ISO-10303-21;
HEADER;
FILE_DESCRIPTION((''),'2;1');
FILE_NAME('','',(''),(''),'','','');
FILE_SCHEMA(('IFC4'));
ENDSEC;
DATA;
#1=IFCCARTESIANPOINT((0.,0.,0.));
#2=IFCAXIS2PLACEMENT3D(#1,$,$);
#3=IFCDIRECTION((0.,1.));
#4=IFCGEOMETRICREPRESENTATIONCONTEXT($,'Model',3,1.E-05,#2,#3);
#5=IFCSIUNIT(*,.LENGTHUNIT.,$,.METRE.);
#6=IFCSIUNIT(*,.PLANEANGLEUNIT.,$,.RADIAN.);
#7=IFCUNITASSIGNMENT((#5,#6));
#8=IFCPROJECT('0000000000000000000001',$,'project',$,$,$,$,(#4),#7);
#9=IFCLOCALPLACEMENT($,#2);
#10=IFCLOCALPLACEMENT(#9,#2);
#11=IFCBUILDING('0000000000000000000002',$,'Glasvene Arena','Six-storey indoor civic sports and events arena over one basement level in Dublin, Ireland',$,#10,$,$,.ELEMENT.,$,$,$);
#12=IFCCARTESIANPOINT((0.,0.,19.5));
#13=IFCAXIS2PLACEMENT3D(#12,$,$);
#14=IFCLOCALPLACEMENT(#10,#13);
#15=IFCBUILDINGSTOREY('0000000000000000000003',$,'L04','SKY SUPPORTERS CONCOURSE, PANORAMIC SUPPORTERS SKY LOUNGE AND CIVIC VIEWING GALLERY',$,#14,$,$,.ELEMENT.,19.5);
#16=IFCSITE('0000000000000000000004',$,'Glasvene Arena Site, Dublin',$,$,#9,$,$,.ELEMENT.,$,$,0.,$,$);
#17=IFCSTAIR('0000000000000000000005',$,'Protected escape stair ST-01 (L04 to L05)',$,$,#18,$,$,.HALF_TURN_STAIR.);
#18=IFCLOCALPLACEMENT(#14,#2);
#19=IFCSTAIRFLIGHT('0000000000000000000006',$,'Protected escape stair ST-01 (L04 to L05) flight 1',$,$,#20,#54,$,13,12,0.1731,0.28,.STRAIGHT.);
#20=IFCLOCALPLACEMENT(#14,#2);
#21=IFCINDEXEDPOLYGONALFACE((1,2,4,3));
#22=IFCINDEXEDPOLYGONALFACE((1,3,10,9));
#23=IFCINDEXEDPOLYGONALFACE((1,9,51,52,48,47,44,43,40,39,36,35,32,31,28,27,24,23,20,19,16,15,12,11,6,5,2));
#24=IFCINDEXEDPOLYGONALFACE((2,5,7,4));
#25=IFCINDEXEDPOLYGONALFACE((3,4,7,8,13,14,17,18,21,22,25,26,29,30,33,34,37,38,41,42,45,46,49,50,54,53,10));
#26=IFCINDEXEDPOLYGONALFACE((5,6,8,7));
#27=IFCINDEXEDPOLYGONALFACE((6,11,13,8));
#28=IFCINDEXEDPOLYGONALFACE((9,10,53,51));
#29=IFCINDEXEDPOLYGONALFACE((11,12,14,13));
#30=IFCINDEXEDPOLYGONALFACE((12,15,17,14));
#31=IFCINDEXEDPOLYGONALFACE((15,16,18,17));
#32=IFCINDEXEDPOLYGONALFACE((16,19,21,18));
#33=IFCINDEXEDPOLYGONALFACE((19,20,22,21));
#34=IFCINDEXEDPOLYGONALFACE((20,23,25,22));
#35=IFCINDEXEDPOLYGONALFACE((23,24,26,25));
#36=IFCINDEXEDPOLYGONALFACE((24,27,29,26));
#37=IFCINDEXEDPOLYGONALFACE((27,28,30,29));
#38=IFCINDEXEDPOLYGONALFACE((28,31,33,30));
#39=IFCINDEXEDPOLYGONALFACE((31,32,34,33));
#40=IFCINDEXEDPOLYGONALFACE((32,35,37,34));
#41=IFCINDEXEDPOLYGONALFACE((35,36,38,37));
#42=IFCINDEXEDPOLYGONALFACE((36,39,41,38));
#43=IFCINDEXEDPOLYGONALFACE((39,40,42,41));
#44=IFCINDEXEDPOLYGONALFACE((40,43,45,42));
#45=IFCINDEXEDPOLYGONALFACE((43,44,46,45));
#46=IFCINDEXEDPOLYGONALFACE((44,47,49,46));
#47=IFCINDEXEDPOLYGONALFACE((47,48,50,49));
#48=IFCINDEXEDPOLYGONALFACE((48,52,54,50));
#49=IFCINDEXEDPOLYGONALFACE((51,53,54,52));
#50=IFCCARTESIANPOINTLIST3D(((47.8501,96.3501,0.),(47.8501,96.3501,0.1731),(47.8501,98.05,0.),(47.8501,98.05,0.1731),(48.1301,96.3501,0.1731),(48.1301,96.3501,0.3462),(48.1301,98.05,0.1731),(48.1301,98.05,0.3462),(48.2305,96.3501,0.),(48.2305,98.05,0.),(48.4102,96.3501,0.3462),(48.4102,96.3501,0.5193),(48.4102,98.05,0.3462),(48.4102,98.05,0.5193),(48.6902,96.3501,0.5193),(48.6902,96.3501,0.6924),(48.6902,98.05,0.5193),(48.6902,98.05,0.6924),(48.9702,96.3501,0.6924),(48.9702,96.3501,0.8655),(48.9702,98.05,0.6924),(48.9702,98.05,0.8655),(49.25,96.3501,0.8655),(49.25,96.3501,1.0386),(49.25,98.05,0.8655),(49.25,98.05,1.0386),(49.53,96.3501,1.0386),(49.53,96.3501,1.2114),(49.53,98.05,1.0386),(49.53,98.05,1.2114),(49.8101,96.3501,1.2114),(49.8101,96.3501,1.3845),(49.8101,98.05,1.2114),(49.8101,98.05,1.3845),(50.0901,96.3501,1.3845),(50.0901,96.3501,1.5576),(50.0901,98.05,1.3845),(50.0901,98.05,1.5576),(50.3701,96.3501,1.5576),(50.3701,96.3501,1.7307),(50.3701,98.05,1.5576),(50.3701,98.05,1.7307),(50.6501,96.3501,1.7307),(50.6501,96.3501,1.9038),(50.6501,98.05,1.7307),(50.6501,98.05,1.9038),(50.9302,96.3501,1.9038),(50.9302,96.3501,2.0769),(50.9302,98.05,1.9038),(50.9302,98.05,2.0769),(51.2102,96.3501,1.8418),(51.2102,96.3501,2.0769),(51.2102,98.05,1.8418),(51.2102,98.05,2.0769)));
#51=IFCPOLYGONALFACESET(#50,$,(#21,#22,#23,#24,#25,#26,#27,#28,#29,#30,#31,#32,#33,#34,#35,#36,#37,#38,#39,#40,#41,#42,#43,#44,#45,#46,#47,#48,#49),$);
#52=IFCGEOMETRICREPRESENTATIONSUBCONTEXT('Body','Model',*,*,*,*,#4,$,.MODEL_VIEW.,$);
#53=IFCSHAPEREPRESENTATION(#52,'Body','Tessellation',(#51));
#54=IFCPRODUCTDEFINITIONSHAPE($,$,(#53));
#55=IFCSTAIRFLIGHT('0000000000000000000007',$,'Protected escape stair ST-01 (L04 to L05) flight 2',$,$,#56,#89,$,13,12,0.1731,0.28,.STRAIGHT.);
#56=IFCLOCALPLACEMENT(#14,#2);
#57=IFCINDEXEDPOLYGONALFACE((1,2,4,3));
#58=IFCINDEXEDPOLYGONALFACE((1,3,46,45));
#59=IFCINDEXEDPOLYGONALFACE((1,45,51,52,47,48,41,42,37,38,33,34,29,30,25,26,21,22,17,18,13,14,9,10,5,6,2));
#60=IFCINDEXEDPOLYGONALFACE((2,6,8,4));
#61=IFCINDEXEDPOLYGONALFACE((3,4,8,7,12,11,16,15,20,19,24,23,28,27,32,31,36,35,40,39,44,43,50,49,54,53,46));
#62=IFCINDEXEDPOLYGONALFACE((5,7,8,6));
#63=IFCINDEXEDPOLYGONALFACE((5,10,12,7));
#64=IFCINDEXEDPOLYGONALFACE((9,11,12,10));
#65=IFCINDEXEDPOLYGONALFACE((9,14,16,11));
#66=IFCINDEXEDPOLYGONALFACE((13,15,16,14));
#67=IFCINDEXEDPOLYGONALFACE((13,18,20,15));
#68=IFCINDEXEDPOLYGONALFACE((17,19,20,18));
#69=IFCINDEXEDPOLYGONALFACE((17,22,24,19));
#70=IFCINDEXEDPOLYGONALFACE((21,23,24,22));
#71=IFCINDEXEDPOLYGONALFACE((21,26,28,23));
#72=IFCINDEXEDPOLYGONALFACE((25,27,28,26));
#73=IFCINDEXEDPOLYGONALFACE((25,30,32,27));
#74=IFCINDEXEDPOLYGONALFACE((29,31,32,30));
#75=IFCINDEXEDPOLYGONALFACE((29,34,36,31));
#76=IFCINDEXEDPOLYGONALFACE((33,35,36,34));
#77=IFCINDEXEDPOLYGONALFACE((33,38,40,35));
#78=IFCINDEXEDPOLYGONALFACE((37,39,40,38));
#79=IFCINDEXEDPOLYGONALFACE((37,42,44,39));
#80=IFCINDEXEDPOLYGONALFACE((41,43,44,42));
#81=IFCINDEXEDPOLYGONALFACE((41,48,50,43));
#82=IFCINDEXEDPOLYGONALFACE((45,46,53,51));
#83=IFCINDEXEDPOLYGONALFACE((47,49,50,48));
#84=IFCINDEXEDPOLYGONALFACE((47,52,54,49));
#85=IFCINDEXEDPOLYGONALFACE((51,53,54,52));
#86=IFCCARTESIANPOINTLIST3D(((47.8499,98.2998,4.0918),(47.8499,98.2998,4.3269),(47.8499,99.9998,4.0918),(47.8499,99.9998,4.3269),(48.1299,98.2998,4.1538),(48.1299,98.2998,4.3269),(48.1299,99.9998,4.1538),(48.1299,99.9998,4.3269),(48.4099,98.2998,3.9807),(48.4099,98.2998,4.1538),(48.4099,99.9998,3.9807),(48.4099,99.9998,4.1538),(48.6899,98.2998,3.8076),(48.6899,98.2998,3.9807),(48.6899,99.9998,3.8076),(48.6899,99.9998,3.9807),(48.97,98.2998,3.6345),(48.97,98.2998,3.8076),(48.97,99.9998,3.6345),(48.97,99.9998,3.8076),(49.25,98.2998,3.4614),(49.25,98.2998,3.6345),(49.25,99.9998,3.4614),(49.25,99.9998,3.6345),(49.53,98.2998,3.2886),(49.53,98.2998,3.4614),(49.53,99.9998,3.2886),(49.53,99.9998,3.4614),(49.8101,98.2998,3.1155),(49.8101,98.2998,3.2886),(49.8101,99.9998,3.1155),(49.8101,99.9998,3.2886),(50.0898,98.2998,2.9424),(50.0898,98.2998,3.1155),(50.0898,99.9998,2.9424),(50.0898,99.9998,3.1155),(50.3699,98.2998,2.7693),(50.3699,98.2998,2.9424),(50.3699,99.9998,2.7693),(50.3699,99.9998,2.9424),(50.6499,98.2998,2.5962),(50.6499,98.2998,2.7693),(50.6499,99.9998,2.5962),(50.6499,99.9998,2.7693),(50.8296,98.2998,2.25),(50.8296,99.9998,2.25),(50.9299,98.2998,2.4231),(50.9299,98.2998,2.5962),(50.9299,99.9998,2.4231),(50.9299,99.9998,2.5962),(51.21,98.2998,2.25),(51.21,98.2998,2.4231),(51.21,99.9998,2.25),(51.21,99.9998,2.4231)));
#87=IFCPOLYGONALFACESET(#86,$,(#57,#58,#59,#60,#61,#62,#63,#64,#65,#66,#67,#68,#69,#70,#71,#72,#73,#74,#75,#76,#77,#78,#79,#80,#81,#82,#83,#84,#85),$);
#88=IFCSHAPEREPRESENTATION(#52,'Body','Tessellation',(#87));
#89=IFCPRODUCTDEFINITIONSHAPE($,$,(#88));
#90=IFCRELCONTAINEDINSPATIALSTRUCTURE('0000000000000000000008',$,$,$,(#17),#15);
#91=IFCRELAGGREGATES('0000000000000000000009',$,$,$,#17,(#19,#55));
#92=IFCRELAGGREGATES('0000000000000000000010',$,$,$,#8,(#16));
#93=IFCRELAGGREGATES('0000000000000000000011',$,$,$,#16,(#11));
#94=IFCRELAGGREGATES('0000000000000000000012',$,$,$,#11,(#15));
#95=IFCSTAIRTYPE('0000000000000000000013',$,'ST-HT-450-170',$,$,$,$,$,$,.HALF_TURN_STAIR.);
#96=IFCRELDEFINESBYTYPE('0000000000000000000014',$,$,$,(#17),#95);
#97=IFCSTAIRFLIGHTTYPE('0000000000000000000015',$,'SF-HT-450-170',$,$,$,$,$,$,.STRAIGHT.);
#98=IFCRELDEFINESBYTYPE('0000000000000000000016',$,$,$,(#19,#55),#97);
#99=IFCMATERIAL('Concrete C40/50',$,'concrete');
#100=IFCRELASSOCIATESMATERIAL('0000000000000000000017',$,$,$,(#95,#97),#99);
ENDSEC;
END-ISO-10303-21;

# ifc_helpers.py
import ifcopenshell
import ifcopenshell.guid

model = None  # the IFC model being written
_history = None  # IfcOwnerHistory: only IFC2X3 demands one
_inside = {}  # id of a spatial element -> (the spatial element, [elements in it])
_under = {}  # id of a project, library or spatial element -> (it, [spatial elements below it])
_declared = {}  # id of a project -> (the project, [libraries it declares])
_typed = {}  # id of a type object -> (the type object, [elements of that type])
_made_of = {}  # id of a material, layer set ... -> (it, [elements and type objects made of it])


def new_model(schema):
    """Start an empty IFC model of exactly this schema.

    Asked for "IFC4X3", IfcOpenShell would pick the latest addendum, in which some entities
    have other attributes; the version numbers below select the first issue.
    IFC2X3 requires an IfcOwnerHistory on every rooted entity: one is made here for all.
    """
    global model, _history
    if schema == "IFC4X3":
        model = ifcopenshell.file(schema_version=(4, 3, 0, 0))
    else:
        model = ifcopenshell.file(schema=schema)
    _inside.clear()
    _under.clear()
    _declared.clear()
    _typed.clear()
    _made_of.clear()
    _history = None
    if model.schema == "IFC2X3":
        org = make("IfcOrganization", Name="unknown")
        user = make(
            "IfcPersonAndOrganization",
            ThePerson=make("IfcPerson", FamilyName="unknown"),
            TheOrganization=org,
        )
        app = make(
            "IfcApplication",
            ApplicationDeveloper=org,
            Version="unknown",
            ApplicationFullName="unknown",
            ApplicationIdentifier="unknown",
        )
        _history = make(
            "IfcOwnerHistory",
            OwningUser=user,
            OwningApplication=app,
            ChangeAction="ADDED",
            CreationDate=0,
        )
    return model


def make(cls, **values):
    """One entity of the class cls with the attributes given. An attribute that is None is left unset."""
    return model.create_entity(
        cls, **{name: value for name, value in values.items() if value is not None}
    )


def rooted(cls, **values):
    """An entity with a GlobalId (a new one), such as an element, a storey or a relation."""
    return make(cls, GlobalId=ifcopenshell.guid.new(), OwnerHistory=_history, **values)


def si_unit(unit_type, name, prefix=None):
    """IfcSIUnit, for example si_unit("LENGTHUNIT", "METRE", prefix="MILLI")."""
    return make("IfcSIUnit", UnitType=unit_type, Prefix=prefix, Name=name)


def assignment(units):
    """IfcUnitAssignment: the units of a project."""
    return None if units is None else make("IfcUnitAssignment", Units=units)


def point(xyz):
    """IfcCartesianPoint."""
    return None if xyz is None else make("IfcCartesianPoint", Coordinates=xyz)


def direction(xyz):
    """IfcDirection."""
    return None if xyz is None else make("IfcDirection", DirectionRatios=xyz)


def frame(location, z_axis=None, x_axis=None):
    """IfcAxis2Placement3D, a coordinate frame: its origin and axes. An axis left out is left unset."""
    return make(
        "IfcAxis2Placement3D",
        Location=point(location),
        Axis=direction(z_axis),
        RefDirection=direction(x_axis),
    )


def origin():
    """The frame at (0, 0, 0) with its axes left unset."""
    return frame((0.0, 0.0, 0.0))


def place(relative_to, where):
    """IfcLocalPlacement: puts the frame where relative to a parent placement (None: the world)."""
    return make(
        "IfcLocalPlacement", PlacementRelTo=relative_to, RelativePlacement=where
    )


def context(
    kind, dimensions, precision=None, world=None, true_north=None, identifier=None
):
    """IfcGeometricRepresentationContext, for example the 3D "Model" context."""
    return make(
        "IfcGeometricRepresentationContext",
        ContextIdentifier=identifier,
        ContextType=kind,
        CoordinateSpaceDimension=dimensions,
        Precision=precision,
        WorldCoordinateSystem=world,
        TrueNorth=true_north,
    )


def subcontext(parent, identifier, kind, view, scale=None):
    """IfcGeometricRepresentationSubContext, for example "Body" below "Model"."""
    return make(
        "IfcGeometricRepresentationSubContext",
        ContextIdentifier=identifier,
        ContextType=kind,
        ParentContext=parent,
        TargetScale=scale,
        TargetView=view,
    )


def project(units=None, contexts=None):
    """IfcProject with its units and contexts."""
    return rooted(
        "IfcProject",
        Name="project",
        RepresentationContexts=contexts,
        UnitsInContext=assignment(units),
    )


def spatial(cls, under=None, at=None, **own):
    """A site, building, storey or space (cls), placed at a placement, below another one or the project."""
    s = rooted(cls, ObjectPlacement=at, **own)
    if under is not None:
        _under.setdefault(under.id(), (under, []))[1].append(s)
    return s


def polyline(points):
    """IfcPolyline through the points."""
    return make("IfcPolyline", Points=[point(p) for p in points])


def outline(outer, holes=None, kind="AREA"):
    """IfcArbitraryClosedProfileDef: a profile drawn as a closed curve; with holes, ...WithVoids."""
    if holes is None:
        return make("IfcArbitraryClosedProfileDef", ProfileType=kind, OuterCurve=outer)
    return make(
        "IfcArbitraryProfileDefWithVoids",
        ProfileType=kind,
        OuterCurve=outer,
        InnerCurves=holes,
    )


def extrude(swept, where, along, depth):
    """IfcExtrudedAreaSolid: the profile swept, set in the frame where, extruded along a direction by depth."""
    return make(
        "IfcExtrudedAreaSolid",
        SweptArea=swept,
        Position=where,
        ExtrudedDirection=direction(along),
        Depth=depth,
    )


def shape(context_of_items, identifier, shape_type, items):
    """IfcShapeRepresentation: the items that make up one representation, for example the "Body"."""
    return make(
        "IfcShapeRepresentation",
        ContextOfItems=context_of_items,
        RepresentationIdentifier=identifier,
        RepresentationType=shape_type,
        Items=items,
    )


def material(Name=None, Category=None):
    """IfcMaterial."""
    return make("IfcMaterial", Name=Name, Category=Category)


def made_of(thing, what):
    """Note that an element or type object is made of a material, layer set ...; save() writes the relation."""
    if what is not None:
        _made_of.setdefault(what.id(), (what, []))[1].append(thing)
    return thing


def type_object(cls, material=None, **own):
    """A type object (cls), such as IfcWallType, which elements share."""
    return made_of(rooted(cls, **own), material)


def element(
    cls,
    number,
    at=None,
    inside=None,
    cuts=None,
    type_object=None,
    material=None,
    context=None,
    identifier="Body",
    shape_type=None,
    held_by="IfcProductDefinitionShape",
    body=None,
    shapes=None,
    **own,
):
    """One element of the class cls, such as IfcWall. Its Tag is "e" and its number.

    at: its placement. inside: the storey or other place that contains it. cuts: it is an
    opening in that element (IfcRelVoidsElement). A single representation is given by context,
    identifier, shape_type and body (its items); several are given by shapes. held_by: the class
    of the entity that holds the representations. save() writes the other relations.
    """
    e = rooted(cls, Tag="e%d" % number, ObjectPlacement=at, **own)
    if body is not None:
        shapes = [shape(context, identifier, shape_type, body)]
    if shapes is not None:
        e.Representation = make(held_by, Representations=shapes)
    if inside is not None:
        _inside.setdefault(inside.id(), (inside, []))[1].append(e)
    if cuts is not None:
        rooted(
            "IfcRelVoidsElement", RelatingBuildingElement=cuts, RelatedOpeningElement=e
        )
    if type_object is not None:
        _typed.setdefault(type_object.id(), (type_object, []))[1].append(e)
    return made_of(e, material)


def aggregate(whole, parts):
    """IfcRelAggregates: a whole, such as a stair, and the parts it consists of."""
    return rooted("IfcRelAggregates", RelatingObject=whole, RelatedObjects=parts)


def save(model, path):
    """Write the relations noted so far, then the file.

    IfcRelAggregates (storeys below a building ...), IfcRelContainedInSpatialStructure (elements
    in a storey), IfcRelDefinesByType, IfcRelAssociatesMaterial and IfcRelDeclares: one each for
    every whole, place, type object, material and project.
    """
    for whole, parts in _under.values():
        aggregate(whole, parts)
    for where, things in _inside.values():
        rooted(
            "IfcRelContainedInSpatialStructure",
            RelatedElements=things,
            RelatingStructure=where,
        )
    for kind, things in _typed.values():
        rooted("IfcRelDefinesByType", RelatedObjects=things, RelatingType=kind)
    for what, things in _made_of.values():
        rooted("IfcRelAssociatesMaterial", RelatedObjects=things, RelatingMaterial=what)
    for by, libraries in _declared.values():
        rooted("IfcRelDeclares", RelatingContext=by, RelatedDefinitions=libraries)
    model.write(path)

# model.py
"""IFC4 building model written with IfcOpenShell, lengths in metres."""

from ifc_helpers import new_model, si_unit, direction, frame, origin, place, context, subcontext, project, spatial, polyline, outline, extrude, material, type_object, element, aggregate, save


model = new_model("IFC4")

# Units and contexts
model_context = context("Model", 3, precision=1e-05, world=origin(), true_north=direction((0.0, 1.0)))
body_context = subcontext(model_context, "Body", "Model", "MODEL_VIEW")
ifc_project = project(units=[si_unit("LENGTHUNIT", "METRE"), si_unit("PLANEANGLEUNIT", "RADIAN")], contexts=[model_context])

# Site, building, storey
site_placement = place(None, origin())
site = spatial("IfcSite", under=ifc_project, at=site_placement, Name="Glasvene Arena Site, Dublin", CompositionType="ELEMENT", RefElevation=0.0)
building_placement = place(site_placement, origin())
building = spatial("IfcBuilding", under=site, at=building_placement, Name="Glasvene Arena", Description="Six-storey indoor civic sports and events arena over one basement level in Dublin, Ireland", CompositionType="ELEMENT")
storey_placement = place(building_placement, frame((0.0, 0.0, 19.5)))
storey = spatial("IfcBuildingStorey", under=building, at=storey_placement, Name="L04", Description="SKY SUPPORTERS CONCOURSE, PANORAMIC SUPPORTERS SKY LOUNGE AND CIVIC VIEWING GALLERY", CompositionType="ELEMENT", Elevation=19.5)

# Stair
ifc_material_1 = material(Name="Concrete C40/50", Category="concrete")
stair_type = type_object("IfcStairType", Name="ST-HT-450-170", PredefinedType="HALF_TURN_STAIR", material=ifc_material_1)
stair_placement = place(storey_placement, origin())
stair = element("IfcStair", 1, at=stair_placement, inside=storey, type_object=stair_type, Name="Protected escape stair ST-01 (L04 to L05)", PredefinedType="HALF_TURN_STAIR")

# Stair flights
stair_flight_type = type_object("IfcStairFlightType", Name="SF-HT-450-170", PredefinedType="STRAIGHT", material=ifc_material_1)
stair_flight_1_placement = place(storey_placement, frame((47.8501, 97.2, 0.0), z_axis=(0.0, 0.0, 1.0), x_axis=(1.0, 0.0, 0.0)))
stair_flight_1 = element("IfcStairFlight", 2, at=stair_flight_1_placement, type_object=stair_flight_type, Name="Protected escape stair ST-01 (L04 to L05) flight 1", NumberOfRisers=13, NumberOfTreads=12, PredefinedType="STRAIGHT", RiserHeight=0.1731, TreadLength=0.28, context=body_context, shape_type="SweptSolid", body=[
    extrude(outline(polyline([(0.0, 0.0), (0.0, 0.1731), (0.28, 0.1731), (0.28, 0.3462), (0.5601, 0.3462), (0.5601, 0.5193), (0.8401, 0.5193), (0.8401, 0.6924), (1.1201, 0.6924), (1.1201, 0.8655), (1.3999, 0.8655), (1.3999, 1.0386), (1.6799, 1.0386), (1.6799, 1.2114), (1.96, 1.2114), (1.96, 1.3845), (2.24, 1.3845), (2.24, 1.5576), (2.52, 1.5576), (2.52, 1.7307), (2.8, 1.7307), (2.8, 1.9038), (3.0801, 1.9038), (3.0801, 2.0769), (3.3601, 2.0769), (3.3601, 2.25), (3.3601, 1.8418), (0.3804, 0.0), (0.0, 0.0)])), frame((0.0, 0.8501, 0.0), z_axis=(0.0, -1.0, 0.0), x_axis=(1.0, 0.0, 0.0)), (0.0, 0.0, 1.0), 1.7),
])
stair_flight_2_placement = place(storey_placement, frame((51.21, 99.1499, 2.25), z_axis=(0.0, 0.0, 1.0), x_axis=(-1.0, 0.0, 0.0)))
stair_flight_2 = element("IfcStairFlight", 3, at=stair_flight_2_placement, type_object=stair_flight_type, Name="Protected escape stair ST-01 (L04 to L05) flight 2", NumberOfRisers=13, NumberOfTreads=12, PredefinedType="STRAIGHT", RiserHeight=0.1731, TreadLength=0.28, context=body_context, shape_type="SweptSolid", body=[
    extrude(outline(polyline([(0.0, 0.0), (0.0, 0.1731), (0.28, 0.1731), (0.28, 0.3462), (0.5601, 0.3462), (0.5601, 0.5193), (0.8401, 0.5193), (0.8401, 0.6924), (1.1201, 0.6924), (1.1201, 0.8655), (1.3999, 0.8655), (1.3999, 1.0386), (1.6799, 1.0386), (1.6799, 1.2114), (1.96, 1.2114), (1.96, 1.3845), (2.24, 1.3845), (2.24, 1.5576), (2.52, 1.5576), (2.52, 1.7307), (2.8, 1.7307), (2.8, 1.9038), (3.0801, 1.9038), (3.0801, 2.0769), (3.3601, 2.0769), (3.3601, 2.25), (3.3601, 1.8418), (0.3804, 0.0), (0.0, 0.0)])), frame((0.0, 0.8501, 0.0), z_axis=(0.0, -1.0, 0.0), x_axis=(1.0, 0.0, 0.0)), (0.0, 0.0, 1.0), 1.7),
])
aggregate(stair, [stair_flight_1, stair_flight_2])

save(model, "model.ifc")
